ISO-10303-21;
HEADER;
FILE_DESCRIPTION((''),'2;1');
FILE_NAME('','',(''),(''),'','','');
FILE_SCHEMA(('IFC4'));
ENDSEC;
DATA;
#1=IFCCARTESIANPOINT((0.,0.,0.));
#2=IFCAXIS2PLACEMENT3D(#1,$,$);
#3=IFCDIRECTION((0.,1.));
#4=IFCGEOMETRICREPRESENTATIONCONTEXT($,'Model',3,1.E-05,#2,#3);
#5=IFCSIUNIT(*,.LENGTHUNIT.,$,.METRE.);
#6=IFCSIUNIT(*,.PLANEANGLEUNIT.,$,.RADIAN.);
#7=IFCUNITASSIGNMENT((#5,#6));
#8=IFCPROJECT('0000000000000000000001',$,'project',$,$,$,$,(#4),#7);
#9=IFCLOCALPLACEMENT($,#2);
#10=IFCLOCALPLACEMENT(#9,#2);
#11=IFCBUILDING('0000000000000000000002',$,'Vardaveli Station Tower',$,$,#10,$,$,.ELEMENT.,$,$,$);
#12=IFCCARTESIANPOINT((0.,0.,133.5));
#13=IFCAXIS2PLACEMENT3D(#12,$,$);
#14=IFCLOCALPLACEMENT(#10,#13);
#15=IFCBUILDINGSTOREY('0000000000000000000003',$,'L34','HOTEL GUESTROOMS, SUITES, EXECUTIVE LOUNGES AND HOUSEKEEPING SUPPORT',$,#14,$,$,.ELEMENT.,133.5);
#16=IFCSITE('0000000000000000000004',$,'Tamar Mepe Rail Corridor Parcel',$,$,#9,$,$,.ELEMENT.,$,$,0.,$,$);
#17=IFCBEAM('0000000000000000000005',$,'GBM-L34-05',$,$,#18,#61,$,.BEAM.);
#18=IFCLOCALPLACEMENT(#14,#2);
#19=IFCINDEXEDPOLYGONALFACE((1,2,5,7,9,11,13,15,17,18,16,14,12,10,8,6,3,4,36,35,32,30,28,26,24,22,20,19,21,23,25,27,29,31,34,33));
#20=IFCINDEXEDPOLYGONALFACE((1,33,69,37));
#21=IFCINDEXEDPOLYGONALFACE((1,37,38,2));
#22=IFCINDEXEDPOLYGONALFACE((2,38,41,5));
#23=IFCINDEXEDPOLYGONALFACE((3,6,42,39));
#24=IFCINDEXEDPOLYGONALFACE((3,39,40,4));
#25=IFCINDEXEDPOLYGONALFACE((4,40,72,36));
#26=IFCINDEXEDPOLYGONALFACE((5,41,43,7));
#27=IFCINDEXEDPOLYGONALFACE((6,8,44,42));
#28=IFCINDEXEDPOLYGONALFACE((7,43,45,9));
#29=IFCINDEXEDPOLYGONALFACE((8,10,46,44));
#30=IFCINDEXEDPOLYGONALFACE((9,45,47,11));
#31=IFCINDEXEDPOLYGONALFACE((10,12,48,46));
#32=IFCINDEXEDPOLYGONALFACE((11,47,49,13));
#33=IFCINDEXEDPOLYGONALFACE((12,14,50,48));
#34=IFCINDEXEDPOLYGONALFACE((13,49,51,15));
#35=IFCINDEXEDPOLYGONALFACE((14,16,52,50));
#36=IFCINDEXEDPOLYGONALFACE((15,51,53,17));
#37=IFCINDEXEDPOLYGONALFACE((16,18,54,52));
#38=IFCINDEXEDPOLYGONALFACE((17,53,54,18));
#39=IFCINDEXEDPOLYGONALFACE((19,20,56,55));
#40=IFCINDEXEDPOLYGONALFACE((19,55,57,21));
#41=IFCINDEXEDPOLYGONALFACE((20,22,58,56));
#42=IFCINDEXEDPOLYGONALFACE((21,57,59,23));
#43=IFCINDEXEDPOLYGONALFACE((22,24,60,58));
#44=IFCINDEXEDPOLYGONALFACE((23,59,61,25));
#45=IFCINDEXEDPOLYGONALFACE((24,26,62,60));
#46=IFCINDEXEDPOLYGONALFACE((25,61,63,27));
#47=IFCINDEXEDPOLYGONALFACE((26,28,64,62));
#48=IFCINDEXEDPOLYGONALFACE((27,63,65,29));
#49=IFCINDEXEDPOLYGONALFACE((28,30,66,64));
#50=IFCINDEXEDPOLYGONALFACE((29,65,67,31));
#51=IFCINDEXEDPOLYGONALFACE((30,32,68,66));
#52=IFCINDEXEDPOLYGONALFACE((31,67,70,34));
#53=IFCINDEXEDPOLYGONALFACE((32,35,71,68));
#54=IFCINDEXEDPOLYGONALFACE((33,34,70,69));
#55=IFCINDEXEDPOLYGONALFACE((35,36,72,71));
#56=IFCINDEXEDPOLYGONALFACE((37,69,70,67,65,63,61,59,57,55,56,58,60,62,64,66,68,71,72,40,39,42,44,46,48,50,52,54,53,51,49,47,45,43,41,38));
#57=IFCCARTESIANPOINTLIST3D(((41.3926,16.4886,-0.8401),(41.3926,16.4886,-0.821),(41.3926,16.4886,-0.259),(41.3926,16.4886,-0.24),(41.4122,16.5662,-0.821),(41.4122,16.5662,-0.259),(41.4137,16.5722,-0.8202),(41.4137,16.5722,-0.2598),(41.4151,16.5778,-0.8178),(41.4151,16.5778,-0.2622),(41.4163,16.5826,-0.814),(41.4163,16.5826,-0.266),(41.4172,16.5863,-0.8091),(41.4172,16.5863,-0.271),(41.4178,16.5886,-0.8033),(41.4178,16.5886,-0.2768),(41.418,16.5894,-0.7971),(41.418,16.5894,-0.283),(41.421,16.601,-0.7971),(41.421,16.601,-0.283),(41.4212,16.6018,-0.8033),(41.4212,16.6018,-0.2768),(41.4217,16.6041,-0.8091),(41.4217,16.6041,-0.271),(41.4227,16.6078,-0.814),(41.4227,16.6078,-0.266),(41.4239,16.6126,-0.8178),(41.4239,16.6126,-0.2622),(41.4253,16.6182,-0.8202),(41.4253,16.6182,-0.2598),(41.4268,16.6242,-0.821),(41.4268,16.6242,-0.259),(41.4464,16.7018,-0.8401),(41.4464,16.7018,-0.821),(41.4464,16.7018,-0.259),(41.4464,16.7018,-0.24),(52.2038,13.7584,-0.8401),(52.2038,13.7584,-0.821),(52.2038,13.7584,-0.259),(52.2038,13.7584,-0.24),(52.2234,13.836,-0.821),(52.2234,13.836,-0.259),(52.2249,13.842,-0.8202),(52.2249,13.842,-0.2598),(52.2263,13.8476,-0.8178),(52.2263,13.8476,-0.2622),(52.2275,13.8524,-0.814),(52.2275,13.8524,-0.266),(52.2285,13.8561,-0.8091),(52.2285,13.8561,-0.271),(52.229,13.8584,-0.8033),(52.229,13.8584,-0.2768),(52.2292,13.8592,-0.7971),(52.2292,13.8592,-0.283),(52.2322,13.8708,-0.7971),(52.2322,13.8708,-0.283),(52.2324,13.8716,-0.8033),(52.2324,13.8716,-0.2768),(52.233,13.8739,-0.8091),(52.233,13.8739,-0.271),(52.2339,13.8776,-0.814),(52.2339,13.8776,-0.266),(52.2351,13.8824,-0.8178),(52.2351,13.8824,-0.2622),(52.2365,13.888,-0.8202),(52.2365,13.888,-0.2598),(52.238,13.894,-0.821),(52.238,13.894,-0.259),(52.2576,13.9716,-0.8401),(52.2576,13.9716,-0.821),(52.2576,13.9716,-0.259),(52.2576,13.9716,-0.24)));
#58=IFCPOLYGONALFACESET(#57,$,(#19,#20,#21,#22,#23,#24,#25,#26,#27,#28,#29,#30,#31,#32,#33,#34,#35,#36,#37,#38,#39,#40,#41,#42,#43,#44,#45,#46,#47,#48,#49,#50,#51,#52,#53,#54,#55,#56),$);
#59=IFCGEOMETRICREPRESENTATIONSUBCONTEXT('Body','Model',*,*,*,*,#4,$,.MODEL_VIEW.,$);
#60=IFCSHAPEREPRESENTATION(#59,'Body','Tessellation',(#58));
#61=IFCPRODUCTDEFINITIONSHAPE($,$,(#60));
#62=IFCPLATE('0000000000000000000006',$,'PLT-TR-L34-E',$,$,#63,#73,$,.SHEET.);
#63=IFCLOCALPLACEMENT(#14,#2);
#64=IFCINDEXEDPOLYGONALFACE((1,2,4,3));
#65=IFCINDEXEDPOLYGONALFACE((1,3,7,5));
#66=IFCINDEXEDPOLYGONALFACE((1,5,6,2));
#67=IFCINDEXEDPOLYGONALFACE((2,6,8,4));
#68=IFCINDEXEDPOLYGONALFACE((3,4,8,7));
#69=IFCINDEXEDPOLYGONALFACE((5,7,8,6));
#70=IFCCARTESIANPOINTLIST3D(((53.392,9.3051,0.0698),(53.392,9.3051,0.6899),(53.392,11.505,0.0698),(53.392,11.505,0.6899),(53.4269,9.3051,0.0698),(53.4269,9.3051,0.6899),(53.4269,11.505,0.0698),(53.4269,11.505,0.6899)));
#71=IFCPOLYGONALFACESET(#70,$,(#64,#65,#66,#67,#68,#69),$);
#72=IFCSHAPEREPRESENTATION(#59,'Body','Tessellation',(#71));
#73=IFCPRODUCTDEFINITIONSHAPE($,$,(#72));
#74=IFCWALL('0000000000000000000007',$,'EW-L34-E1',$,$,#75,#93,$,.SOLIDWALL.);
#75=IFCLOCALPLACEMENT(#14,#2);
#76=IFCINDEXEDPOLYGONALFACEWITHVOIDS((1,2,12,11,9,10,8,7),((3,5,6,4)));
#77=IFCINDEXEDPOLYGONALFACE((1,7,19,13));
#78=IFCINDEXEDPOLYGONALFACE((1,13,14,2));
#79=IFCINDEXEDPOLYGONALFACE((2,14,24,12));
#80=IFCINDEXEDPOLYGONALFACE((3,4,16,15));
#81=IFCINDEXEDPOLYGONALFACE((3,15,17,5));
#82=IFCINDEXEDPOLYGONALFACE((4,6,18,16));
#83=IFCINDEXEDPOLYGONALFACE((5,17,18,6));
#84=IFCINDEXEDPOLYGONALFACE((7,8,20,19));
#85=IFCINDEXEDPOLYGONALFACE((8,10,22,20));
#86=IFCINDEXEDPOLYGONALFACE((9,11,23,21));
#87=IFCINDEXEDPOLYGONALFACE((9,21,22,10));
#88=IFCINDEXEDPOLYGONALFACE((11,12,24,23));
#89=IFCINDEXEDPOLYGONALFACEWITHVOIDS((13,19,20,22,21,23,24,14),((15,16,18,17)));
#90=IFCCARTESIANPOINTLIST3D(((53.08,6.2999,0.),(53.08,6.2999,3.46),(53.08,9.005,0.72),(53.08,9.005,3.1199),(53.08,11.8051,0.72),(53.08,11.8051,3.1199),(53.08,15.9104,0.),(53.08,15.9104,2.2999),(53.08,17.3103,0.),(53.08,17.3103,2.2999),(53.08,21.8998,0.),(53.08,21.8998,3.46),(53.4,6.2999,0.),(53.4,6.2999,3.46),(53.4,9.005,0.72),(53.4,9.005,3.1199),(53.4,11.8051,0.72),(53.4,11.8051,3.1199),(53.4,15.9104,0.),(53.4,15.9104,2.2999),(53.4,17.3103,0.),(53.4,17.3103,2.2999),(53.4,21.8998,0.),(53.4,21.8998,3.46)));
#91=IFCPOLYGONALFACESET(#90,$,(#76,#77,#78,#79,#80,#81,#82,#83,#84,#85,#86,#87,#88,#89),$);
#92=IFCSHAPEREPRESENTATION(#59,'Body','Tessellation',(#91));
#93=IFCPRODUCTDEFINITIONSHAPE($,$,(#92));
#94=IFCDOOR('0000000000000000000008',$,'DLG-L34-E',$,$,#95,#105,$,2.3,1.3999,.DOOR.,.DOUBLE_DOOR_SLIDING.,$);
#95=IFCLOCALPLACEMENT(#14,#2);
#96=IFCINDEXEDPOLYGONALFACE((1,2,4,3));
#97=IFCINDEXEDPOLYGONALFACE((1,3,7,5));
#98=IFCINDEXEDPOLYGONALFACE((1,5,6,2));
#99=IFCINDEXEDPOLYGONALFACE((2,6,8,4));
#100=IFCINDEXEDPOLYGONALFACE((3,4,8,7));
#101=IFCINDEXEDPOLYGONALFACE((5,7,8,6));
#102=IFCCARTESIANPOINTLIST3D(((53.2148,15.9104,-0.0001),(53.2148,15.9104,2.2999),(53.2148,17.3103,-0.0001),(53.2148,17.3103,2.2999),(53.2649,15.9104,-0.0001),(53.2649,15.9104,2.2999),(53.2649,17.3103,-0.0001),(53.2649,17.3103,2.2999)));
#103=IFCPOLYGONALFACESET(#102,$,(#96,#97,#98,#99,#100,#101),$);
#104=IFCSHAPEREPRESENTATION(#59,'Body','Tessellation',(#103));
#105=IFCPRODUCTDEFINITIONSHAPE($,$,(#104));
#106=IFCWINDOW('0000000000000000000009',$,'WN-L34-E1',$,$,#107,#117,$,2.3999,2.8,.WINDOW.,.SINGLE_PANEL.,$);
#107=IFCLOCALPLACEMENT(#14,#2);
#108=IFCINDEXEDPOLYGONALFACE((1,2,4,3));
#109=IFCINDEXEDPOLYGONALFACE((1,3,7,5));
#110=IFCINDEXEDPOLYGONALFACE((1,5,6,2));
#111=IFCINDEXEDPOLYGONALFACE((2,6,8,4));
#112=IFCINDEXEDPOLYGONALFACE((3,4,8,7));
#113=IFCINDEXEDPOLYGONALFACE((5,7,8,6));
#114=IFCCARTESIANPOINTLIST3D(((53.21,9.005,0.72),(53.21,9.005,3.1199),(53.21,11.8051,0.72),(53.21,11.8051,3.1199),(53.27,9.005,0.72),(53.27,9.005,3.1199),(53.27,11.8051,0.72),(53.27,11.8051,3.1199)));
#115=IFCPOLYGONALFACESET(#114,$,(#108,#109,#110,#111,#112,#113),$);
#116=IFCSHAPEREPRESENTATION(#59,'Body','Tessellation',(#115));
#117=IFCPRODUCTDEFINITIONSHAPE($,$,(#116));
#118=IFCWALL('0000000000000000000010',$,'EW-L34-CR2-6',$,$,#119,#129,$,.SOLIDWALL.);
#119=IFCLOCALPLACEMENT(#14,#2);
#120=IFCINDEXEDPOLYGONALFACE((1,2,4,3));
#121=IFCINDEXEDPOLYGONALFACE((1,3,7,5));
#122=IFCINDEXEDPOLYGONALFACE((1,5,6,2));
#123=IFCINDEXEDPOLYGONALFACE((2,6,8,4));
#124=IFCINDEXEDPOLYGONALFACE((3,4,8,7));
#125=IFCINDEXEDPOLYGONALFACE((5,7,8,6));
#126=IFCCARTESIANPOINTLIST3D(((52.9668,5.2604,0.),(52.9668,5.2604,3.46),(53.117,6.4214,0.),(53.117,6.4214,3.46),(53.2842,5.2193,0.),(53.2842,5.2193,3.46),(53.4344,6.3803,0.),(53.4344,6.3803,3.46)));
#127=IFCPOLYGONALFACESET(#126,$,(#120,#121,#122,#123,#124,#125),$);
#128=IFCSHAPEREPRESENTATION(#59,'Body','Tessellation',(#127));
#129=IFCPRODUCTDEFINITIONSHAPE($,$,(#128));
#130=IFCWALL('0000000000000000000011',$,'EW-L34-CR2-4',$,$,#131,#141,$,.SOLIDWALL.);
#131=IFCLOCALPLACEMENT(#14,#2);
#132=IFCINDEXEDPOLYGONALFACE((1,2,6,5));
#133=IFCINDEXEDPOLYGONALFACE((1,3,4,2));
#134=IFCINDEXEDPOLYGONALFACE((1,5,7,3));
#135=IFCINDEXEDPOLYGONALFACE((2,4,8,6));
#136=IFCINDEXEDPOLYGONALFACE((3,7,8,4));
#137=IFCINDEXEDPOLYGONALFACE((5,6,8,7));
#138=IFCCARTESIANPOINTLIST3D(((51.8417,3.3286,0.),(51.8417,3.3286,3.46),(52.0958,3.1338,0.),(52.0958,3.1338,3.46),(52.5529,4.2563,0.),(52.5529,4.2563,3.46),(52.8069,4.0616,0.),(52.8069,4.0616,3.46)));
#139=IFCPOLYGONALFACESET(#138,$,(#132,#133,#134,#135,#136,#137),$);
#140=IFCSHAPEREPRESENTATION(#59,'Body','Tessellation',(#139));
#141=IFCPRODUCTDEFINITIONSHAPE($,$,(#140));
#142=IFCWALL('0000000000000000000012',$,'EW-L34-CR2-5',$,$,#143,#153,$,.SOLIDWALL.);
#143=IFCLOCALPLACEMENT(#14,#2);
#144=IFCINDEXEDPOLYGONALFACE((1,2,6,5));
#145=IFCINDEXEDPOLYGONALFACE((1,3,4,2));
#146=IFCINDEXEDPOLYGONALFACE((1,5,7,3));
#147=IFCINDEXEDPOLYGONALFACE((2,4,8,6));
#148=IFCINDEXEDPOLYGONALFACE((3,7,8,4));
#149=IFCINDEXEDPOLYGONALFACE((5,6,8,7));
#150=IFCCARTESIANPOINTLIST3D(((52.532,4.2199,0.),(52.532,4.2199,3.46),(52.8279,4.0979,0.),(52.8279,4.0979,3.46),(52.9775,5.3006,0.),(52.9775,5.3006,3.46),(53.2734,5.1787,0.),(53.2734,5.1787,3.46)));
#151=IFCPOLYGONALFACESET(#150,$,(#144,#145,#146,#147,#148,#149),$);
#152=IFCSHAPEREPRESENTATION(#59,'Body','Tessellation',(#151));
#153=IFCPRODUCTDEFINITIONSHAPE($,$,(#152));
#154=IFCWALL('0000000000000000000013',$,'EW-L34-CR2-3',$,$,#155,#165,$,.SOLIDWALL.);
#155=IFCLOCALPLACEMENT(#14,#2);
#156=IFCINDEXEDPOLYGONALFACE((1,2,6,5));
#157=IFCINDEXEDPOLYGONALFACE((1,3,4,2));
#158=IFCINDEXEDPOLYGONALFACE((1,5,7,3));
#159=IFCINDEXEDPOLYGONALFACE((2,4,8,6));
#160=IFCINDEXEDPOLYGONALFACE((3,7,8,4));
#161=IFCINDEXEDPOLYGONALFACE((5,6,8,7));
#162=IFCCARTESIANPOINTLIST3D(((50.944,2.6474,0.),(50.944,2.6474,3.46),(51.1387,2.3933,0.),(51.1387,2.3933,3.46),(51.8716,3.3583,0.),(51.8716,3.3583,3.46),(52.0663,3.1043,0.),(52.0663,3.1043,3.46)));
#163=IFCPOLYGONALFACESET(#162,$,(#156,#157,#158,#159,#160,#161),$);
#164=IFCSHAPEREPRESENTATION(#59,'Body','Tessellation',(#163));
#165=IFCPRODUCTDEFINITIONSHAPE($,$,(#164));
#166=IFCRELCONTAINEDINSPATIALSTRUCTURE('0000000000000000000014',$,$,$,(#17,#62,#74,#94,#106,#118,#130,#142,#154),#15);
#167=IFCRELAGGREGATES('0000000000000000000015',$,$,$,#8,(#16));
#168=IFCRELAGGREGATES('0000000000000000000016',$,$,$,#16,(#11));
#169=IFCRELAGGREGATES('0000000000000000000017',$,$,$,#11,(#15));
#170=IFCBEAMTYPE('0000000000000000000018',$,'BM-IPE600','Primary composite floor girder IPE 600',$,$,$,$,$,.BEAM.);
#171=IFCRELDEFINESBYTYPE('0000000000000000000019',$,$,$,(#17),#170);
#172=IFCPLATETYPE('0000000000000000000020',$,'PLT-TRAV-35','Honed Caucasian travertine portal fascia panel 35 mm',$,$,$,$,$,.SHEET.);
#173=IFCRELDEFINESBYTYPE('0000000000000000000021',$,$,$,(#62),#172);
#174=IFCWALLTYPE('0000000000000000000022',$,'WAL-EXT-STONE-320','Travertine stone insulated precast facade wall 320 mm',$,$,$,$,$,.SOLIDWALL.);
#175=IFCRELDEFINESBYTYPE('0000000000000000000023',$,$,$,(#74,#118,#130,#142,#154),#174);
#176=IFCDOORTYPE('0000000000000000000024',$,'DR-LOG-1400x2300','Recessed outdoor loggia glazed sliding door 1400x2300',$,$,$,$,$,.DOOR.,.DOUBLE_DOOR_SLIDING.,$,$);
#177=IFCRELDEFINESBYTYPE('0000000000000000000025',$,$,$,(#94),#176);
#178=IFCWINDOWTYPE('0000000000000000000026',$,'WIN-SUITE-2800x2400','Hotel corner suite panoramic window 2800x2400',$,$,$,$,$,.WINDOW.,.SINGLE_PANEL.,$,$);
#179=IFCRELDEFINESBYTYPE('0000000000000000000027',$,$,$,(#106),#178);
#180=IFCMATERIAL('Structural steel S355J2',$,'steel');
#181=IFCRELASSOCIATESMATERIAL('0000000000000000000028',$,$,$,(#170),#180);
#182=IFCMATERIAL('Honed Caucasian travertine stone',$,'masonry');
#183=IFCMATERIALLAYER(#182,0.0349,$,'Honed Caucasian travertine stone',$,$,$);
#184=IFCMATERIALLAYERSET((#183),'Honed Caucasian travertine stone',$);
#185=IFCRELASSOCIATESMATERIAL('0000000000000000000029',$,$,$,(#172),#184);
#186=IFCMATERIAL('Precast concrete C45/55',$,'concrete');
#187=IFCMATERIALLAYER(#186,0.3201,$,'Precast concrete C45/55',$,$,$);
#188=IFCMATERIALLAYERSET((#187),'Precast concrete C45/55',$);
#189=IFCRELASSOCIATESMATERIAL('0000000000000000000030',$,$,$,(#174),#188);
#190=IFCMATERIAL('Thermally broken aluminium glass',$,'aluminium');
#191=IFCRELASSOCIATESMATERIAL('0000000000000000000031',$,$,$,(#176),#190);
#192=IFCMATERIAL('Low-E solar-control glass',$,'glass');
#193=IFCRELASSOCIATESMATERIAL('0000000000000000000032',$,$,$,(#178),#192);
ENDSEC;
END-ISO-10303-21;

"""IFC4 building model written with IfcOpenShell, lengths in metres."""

from ifc_helpers import new_model, si_unit, direction, frame, frame_2d, origin, origin_2d, place, context, subcontext, project, spatial, rectangle, i_section, extrude, source, transform, mapped, material, layer, layer_set, material_profile, profile_set, type_object, element, fill, save


model = new_model("IFC4")

# Units and contexts
model_context = context("Model", 3, precision=1e-05, world=origin(), true_north=direction((0.0, 1.0)))
body_context = subcontext(model_context, "Body", "Model", "MODEL_VIEW")
ifc_project = project(units=[si_unit("LENGTHUNIT", "METRE"), si_unit("PLANEANGLEUNIT", "RADIAN")], contexts=[model_context])

# Site, building, storey
site_placement = place(None, origin())
site = spatial("IfcSite", under=ifc_project, at=site_placement, Name="Tamar Mepe Rail Corridor Parcel", CompositionType="ELEMENT", RefElevation=0.0)
building_placement = place(site_placement, origin())
building = spatial("IfcBuilding", under=site, at=building_placement, Name="Vardaveli Station Tower", CompositionType="ELEMENT")
storey_placement = place(building_placement, frame((0.0, 0.0, 133.5)))
storey = spatial("IfcBuildingStorey", under=building, at=storey_placement, Name="L34", Description="HOTEL GUESTROOMS, SUITES, EXECUTIVE LOUNGES AND HOUSEKEEPING SUPPORT", CompositionType="ELEMENT", Elevation=133.5)

# Beam
ifc_material_1 = material(Name="Precast concrete C45/55", Category="concrete")
ifc_material_2 = material(Name="Structural steel S355J2", Category="steel")
ifc_material_profile_1 = material_profile(ifc_material_2, i_section(OverallWidth=0.22, OverallDepth=0.6001, WebThickness=0.012, FlangeThickness=0.019, FilletRadius=0.0239, at=origin_2d()), Name="IPE 600")
ifc_profile_set_1 = profile_set([ifc_material_profile_1], Name="Structural steel S355J2")
beam_type_1 = type_object("IfcBeamType", Name="BM-IPE600", Description="Primary composite floor girder IPE 600", PredefinedType="BEAM", material=ifc_profile_set_1)
shared_shape_1 = source(origin(), body_context, "Body", "SweptSolid", [
    extrude(i_section(OverallWidth=0.22, OverallDepth=0.6001, WebThickness=0.012, FlangeThickness=0.019, FilletRadius=0.0239, at=origin_2d()), origin(), (0.0, 0.0, 1.0), 11.1506),
])
beam_1_placement = place(storey_placement, frame((52.2307, 13.865, -0.54), z_axis=(-0.969561, 0.244848, 0.0), x_axis=(-0.244848, -0.969561, 0.0)))
element("IfcBeam", 1, at=beam_1_placement, inside=storey, type_object=beam_type_1, Name="GBM-L34-05", PredefinedType="BEAM", context=body_context, shape_type="MappedRepresentation", body=[
    mapped(shared_shape_1, transform((0.0, 0.0, 0.0), scale=1.0)),
])

# Plate
ifc_material_3 = material(Name="Honed Caucasian travertine stone", Category="masonry")
ifc_layer_1 = layer(ifc_material_3, 0.0349, Name="Honed Caucasian travertine stone")
ifc_layer_set_1 = layer_set([ifc_layer_1], Name="Honed Caucasian travertine stone")
plate_type = type_object("IfcPlateType", Name="PLT-TRAV-35", Description="Honed Caucasian travertine portal fascia panel 35 mm", PredefinedType="SHEET", material=ifc_layer_set_1)
shared_shape_2 = source(origin(), body_context, "Body", "SweptSolid", [
    extrude(rectangle(XDim=2.2, YDim=0.0349, at=origin_2d()), origin(), (0.0, 0.0, 1.0), 0.6201),
])
plate_placement = place(storey_placement, frame((53.4094, 10.405, 0.0698), z_axis=(0.0, 0.0, 1.0), x_axis=(0.0, 1.0, 0.0)))
element("IfcPlate", 2, at=plate_placement, inside=storey, type_object=plate_type, Name="PLT-TR-L34-E", PredefinedType="SHEET", context=body_context, shape_type="MappedRepresentation", body=[
    mapped(shared_shape_2, transform((0.0, 0.0, 0.0), scale=1.0)),
])

# Wall, openings, door, window
ifc_layer_2 = layer(ifc_material_1, 0.3201, Name="Precast concrete C45/55")
ifc_layer_set_2 = layer_set([ifc_layer_2], Name="Precast concrete C45/55")
wall_type_1 = type_object("IfcWallType", Name="WAL-EXT-STONE-320", Description="Travertine stone insulated precast facade wall 320 mm", PredefinedType="SOLIDWALL", material=ifc_layer_set_2)
shared_shape_3 = source(origin(), body_context, "Body", "SweptSolid", [
    extrude(rectangle(XDim=15.5999, YDim=0.3201, at=frame_2d((7.7998, 0.0))), origin(), (0.0, 0.0, 1.0), 3.46),
])
wall_1_placement = place(storey_placement, frame((53.24, 6.3, 0.0), z_axis=(0.0, 0.0, 1.0), x_axis=(0.0, 1.0, 0.0)))
wall_1 = element("IfcWall", 3, at=wall_1_placement, inside=storey, type_object=wall_type_1, Name="EW-L34-E1", PredefinedType="SOLIDWALL", context=body_context, shape_type="MappedRepresentation", body=[
    mapped(shared_shape_3, transform((0.0, 0.0, 0.0), scale=1.0)),
])
shared_shape_4 = source(origin(), body_context, "Body", "SweptSolid", [
    extrude(rectangle(XDim=1.3999, YDim=2.3, at=frame_2d((0.7, 1.1499))), frame((0.0, 0.1699, 0.0), z_axis=(0.0, -1.0, 0.0), x_axis=(1.0, 0.0, 0.0)), (0.0, 0.0, 1.0), 0.3401),
])
opening_1_placement = place(wall_1_placement, frame((9.6104, 0.0, 0.0)))
opening_1 = element("IfcOpeningElement", 4, at=opening_1_placement, cuts=wall_1, PredefinedType="OPENING", context=body_context, shape_type="MappedRepresentation", body=[
    mapped(shared_shape_4, transform((0.0, 0.0, 0.0), scale=1.0)),
])
shared_shape_5 = source(origin(), body_context, "Body", "SweptSolid", [
    extrude(rectangle(XDim=2.8, YDim=2.3999, at=frame_2d((1.3999, 1.2))), frame((0.0, 0.1699, 0.0), z_axis=(0.0, -1.0, 0.0), x_axis=(1.0, 0.0, 0.0)), (0.0, 0.0, 1.0), 0.3401),
])
opening_2_placement = place(wall_1_placement, frame((2.7051, 0.0, 0.72)))
opening_2 = element("IfcOpeningElement", 5, at=opening_2_placement, cuts=wall_1, PredefinedType="OPENING", context=body_context, shape_type="MappedRepresentation", body=[
    mapped(shared_shape_5, transform((0.0, 0.0, 0.0), scale=1.0)),
])
ifc_material_4 = material(Name="Thermally broken aluminium glass", Category="aluminium")
door_type_1 = type_object("IfcDoorType", Name="DR-LOG-1400x2300", Description="Recessed outdoor loggia glazed sliding door 1400x2300", OperationType="DOUBLE_DOOR_SLIDING", PredefinedType="DOOR", material=ifc_material_4)
shared_shape_6 = source(origin(), body_context, "Body", "SweptSolid", [
    extrude(rectangle(XDim=1.3999, YDim=2.3, at=frame_2d((0.7, 1.1499))), frame((0.0, 0.0249, 0.0), z_axis=(0.0, -1.0, 0.0), x_axis=(1.0, 0.0, 0.0)), (0.0, 0.0, 1.0), 0.05),
])
door_1_placement = place(opening_1_placement, frame((1.3999, 0.0, 0.0), z_axis=(0.0, 0.0, 1.0), x_axis=(-1.0, 0.0, 0.0)))
door_1 = element("IfcDoor", 6, at=door_1_placement, inside=storey, type_object=door_type_1, Name="DLG-L34-E", OperationType="DOUBLE_DOOR_SLIDING", OverallHeight=2.3, OverallWidth=1.3999, PredefinedType="DOOR", context=body_context, shape_type="MappedRepresentation", body=[
    mapped(shared_shape_6, transform((0.0, 0.0, 0.0), scale=1.0)),
])
fill(opening_1, door_1)
ifc_material_5 = material(Name="Low-E solar-control glass", Category="glass")
window_type = type_object("IfcWindowType", Name="WIN-SUITE-2800x2400", Description="Hotel corner suite panoramic window 2800x2400", PartitioningType="SINGLE_PANEL", PredefinedType="WINDOW", material=ifc_material_5)
shared_shape_7 = source(origin(), body_context, "Body", "SweptSolid", [
    extrude(rectangle(XDim=2.8, YDim=2.3999, at=frame_2d((1.3999, 1.2))), frame((0.0, 0.03, 0.0), z_axis=(0.0, -1.0, 0.0), x_axis=(1.0, 0.0, 0.0)), (0.0, 0.0, 1.0), 0.0601),
])
window_placement = place(opening_2_placement, origin())
window = element("IfcWindow", 7, at=window_placement, inside=storey, type_object=window_type, Name="WN-L34-E1", OverallHeight=2.3999, OverallWidth=2.8, PartitioningType="SINGLE_PANEL", PredefinedType="WINDOW", context=body_context, shape_type="MappedRepresentation", body=[
    mapped(shared_shape_7, transform((0.0, 0.0, 0.0), scale=1.0)),
])
fill(opening_2, window)

# Walls
shared_shape_8 = source(origin(), body_context, "Body", "SweptSolid", [
    extrude(rectangle(XDim=1.1707, YDim=0.3201, at=frame_2d((0.5854, 0.0))), origin(), (0.0, 0.0, 1.0), 3.46),
])
wall_2_placement = place(storey_placement, frame((53.1255, 5.2397, 0.0), z_axis=(0.0, 0.0, 1.0), x_axis=(0.128269, 0.991739, 0.0)))
element("IfcWall", 8, at=wall_2_placement, inside=storey, type_object=wall_type_1, Name="EW-L34-CR2-6", PredefinedType="SOLIDWALL", context=body_context, shape_type="MappedRepresentation", body=[
    mapped(shared_shape_8, transform((0.0, 0.0, 0.0), scale=1.0)),
])
shared_shape_9 = source(origin(), body_context, "Body", "SweptSolid", [
    extrude(rectangle(XDim=1.1689, YDim=0.3201, at=frame_2d((0.5845, 0.0))), origin(), (0.0, 0.0, 1.0), 3.46),
])
for number, where, z_axis, x_axis, name in (
    (9, (51.9688, 3.2312, 0.0), (0.0, 0.0, 1.0), (0.608388, 0.79364, 0.0), "EW-L34-CR2-4"),
    (10, (52.6799, 4.1589, 0.0), (0.0, 0.0, 1.0), (0.381128, 0.924522, 0.0), "EW-L34-CR2-5"),
):
    element("IfcWall", number, at=place(storey_placement, frame(where, z_axis=z_axis, x_axis=x_axis)), inside=storey, type_object=wall_type_1, Name=name, PredefinedType="SOLIDWALL", context=body_context, shape_type="MappedRepresentation", body=[
        mapped(shared_shape_9, transform((0.0, 0.0, 0.0), scale=1.0)),
    ])
shared_shape_10 = source(origin(), body_context, "Body", "SweptSolid", [
    extrude(rectangle(XDim=1.1687, YDim=0.3201, at=frame_2d((0.5845, 0.0))), origin(), (0.0, 0.0, 1.0), 3.46),
])
wall_3_placement = place(storey_placement, frame((51.0413, 2.5203, 0.0), z_axis=(0.0, 0.0, 1.0), x_axis=(0.793664, 0.608357, 0.0)))
element("IfcWall", 11, at=wall_3_placement, inside=storey, type_object=wall_type_1, Name="EW-L34-CR2-3", PredefinedType="SOLIDWALL", context=body_context, shape_type="MappedRepresentation", body=[
    mapped(shared_shape_10, transform((0.0, 0.0, 0.0), scale=1.0)),
])

save(model, "model.ifc")
